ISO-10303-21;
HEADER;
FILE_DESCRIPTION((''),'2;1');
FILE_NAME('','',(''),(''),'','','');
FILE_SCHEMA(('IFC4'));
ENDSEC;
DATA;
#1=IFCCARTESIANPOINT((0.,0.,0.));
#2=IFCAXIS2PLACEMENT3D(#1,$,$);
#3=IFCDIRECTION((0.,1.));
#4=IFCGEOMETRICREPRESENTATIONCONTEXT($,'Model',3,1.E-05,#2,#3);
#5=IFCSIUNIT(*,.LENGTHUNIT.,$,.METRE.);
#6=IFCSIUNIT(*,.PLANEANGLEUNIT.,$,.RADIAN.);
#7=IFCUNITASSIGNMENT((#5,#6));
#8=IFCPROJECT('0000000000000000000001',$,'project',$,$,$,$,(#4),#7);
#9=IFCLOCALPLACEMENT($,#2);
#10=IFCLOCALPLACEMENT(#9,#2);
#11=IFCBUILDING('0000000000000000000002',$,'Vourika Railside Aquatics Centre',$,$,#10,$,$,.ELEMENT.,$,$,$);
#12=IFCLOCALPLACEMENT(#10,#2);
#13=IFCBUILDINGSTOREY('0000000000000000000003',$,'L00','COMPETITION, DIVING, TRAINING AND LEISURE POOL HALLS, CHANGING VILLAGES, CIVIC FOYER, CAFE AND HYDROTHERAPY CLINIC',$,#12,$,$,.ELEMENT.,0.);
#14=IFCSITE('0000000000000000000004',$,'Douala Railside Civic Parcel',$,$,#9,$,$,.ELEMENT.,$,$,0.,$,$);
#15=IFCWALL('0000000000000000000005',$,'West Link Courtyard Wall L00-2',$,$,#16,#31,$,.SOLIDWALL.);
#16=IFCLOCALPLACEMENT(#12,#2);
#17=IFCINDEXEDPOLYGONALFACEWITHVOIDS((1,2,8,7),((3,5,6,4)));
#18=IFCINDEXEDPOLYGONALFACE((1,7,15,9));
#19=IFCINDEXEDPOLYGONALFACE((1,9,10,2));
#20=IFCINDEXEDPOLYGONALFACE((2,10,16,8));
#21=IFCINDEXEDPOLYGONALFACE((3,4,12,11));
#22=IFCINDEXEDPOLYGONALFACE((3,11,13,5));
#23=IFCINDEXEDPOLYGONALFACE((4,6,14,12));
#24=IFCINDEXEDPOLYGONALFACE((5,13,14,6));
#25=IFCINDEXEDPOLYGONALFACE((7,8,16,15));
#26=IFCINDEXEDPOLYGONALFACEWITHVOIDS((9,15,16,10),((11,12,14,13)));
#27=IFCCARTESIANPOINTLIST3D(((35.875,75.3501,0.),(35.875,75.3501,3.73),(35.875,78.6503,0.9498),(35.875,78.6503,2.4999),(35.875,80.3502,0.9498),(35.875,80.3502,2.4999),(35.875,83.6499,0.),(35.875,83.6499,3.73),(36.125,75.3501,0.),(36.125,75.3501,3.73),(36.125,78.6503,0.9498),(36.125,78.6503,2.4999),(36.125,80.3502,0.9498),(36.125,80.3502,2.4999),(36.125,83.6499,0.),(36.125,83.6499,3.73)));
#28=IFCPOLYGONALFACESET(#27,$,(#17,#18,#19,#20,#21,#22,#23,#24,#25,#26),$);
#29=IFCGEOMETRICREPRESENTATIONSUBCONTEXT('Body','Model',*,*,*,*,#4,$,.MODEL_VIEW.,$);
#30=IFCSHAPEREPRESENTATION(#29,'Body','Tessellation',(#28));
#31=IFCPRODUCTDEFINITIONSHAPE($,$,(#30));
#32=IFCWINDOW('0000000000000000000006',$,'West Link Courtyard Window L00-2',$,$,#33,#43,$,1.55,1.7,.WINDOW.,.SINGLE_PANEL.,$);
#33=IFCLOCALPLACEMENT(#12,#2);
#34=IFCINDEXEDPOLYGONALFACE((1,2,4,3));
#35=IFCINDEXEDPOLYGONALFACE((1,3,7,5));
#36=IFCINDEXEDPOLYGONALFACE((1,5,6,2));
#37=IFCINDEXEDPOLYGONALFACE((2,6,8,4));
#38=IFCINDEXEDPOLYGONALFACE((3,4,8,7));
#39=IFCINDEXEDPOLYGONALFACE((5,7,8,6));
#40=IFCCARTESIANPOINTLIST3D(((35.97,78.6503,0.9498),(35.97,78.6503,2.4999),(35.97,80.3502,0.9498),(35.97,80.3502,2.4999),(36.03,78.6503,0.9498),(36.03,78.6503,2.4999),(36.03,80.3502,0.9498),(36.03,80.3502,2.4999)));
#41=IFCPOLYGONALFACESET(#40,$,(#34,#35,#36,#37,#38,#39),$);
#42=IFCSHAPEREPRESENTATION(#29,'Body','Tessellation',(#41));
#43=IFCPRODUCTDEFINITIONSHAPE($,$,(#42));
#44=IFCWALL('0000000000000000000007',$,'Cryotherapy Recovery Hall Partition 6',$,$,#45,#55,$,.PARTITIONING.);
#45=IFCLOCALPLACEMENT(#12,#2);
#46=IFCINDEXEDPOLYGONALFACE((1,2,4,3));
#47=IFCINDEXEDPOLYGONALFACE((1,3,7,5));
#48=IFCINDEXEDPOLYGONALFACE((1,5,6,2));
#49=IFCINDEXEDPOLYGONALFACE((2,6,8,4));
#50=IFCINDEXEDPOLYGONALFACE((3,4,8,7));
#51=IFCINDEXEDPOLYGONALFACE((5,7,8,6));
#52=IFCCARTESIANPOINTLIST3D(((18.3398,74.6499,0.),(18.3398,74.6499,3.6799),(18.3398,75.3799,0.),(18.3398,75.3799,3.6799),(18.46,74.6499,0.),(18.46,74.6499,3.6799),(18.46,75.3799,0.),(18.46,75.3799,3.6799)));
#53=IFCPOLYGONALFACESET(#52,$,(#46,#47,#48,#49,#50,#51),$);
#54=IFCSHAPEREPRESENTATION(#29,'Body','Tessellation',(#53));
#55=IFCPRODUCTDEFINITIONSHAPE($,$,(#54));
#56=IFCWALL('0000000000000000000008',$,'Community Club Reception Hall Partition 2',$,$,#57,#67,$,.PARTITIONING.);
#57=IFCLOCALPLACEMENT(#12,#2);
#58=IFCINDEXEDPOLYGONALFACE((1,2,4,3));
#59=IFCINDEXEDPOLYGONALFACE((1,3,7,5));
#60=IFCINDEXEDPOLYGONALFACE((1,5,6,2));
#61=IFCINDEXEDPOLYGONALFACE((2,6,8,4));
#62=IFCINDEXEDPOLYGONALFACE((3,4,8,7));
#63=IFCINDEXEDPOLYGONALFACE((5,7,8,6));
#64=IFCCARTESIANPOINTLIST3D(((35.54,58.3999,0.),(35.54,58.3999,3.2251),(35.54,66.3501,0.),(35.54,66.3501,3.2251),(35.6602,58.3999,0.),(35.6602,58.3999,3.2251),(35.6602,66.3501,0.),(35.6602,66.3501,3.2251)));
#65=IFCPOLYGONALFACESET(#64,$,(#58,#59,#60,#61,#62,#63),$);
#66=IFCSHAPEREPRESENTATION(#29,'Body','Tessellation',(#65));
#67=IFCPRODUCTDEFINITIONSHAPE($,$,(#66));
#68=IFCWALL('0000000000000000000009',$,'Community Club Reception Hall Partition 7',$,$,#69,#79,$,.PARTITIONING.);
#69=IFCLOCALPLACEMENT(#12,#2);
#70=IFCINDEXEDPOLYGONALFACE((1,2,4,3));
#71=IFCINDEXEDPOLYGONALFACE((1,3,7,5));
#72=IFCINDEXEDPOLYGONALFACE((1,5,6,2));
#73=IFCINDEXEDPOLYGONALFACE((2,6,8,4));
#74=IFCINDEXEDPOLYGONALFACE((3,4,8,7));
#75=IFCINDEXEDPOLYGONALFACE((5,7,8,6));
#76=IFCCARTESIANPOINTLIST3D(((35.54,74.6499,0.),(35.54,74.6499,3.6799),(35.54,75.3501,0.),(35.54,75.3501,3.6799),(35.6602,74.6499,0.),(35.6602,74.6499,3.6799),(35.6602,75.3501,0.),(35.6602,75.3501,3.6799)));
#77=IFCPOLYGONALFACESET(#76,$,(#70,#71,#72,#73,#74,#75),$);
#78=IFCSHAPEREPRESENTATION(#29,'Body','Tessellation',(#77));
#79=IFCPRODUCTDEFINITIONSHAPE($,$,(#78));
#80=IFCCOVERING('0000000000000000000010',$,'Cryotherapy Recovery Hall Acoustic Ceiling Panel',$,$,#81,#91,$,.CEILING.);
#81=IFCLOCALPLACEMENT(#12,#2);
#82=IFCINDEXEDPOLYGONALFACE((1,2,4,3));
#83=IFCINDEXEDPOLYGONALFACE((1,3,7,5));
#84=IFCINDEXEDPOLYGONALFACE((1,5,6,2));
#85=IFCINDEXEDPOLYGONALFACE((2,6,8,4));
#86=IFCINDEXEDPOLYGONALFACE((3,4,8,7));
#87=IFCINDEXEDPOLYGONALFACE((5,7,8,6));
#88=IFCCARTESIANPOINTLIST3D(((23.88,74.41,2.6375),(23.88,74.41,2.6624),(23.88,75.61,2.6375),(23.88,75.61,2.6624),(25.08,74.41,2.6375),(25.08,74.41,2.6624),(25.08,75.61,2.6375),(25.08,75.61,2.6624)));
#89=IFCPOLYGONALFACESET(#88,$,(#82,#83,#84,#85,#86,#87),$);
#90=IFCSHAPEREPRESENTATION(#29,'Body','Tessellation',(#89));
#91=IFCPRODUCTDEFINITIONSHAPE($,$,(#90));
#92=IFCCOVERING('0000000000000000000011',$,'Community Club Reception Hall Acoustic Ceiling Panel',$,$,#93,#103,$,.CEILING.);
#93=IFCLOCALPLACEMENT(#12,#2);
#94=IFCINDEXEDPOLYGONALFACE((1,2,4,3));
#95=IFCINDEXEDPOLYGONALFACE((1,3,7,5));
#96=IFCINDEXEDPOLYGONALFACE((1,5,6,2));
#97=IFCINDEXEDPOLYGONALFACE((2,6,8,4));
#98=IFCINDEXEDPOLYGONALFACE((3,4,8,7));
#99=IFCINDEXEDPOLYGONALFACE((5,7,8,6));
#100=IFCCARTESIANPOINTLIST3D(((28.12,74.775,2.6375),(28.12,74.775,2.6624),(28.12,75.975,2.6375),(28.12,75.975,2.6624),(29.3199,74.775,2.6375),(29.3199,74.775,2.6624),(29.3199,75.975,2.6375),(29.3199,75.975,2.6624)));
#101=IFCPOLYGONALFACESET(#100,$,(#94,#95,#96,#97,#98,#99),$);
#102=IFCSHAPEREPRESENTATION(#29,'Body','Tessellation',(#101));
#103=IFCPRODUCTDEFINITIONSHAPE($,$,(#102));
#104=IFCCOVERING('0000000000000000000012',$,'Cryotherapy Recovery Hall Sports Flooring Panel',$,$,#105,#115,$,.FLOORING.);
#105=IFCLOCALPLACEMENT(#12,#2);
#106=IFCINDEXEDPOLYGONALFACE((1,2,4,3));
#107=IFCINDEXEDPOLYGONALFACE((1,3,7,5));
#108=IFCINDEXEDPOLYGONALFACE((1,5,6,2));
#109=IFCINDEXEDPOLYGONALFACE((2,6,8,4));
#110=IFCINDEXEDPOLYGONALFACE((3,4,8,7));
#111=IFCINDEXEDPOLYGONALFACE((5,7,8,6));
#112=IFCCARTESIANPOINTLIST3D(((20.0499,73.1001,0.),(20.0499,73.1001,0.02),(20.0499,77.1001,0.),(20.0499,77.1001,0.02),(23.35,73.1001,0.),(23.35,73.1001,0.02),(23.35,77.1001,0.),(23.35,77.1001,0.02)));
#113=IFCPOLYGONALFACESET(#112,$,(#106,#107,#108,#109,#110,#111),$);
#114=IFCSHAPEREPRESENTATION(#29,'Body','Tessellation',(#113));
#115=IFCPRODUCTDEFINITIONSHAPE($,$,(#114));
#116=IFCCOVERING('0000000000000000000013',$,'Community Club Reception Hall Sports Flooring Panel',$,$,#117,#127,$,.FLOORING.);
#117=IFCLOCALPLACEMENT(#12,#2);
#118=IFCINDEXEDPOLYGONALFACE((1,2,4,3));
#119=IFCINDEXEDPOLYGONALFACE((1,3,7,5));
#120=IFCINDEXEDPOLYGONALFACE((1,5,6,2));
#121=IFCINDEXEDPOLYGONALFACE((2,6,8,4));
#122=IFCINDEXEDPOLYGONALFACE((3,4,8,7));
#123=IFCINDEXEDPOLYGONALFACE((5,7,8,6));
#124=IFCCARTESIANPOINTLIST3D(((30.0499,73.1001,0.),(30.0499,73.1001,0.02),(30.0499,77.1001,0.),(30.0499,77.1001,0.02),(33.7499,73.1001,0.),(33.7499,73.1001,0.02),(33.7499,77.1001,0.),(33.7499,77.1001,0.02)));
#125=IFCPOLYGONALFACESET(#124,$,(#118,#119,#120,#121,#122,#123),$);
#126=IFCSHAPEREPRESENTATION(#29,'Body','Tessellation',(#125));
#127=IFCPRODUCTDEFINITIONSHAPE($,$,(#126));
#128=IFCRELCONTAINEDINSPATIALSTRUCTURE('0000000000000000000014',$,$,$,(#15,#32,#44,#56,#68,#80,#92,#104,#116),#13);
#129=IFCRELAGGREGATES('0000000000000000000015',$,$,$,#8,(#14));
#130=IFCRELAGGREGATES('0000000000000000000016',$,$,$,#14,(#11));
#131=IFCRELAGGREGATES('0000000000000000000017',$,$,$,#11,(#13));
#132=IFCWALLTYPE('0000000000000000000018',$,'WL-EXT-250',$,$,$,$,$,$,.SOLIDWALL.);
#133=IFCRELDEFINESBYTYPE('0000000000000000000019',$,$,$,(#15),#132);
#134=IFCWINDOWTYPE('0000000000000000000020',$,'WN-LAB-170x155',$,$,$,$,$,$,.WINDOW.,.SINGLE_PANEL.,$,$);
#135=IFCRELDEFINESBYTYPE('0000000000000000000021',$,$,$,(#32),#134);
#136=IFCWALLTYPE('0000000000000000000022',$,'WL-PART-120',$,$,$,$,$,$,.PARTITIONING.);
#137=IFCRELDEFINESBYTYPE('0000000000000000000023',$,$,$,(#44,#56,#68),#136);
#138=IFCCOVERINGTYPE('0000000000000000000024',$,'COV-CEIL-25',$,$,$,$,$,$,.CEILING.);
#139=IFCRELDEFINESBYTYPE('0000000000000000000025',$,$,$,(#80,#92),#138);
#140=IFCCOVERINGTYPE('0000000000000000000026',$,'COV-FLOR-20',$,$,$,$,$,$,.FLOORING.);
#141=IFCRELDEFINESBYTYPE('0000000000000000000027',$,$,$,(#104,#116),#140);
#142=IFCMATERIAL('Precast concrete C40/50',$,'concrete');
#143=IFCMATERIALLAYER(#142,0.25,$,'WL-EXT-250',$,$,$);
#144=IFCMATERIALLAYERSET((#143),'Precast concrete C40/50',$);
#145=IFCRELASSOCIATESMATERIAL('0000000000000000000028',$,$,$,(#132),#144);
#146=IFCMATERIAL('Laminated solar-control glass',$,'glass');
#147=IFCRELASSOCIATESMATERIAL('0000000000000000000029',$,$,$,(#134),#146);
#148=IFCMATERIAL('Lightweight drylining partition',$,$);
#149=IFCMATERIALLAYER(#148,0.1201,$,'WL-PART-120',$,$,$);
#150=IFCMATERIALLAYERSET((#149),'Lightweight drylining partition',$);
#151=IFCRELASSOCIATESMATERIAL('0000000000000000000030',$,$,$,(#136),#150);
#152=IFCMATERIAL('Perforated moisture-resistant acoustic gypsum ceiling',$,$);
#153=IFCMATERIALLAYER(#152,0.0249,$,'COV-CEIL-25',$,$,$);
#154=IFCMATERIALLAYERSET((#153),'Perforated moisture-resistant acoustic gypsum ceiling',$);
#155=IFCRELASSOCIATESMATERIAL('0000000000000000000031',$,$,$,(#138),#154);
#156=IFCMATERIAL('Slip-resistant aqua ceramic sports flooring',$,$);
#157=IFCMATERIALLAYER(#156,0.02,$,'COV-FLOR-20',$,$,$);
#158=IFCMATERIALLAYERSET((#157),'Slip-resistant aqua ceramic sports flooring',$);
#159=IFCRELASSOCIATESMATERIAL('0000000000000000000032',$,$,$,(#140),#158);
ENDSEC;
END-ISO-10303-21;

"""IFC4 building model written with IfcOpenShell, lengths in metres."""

from ifc_helpers import new_model, si_unit, direction, frame, frame_2d, origin, origin_2d, place, context, subcontext, project, spatial, rectangle, extrude, material, layer, layer_set, type_object, element, fill, save


model = new_model("IFC4")

# Units and contexts
model_context = context("Model", 3, precision=1e-05, world=origin(), true_north=direction((0.0, 1.0)))
body_context = subcontext(model_context, "Body", "Model", "MODEL_VIEW")
ifc_project = project(units=[si_unit("LENGTHUNIT", "METRE"), si_unit("PLANEANGLEUNIT", "RADIAN")], contexts=[model_context])

# Site, building, storey
site_placement = place(None, origin())
site = spatial("IfcSite", under=ifc_project, at=site_placement, Name="Douala Railside Civic Parcel", CompositionType="ELEMENT", RefElevation=0.0)
building_placement = place(site_placement, origin())
building = spatial("IfcBuilding", under=site, at=building_placement, Name="Vourika Railside Aquatics Centre", CompositionType="ELEMENT")
storey_placement = place(building_placement, origin())
storey = spatial("IfcBuildingStorey", under=building, at=storey_placement, Name="L00", Description="COMPETITION, DIVING, TRAINING AND LEISURE POOL HALLS, CHANGING VILLAGES, CIVIC FOYER, CAFE AND HYDROTHERAPY CLINIC", CompositionType="ELEMENT", Elevation=0.0)

# Wall, opening, window
ifc_material_1 = material(Name="Precast concrete C40/50", Category="concrete")
ifc_layer_1 = layer(ifc_material_1, 0.25, Name="WL-EXT-250")
ifc_layer_set_1 = layer_set([ifc_layer_1], Name="Precast concrete C40/50")
wall_type_1 = type_object("IfcWallType", Name="WL-EXT-250", PredefinedType="SOLIDWALL", material=ifc_layer_set_1)
ifc_material_2 = material(Name="Laminated solar-control glass", Category="glass")
wall_1_placement = place(storey_placement, frame((36.0, 75.3501, 0.0), z_axis=(0.0, 0.0, 1.0), x_axis=(0.0, 1.0, 0.0)))
wall_1 = element("IfcWall", 1, at=wall_1_placement, inside=storey, type_object=wall_type_1, Name="West Link Courtyard Wall L00-2", PredefinedType="SOLIDWALL", context=body_context, shape_type="SweptSolid", body=[
    extrude(rectangle(XDim=8.2998, YDim=0.25, at=frame_2d((4.1499, 0.0))), origin(), (0.0, 0.0, 1.0), 3.73),
])
opening_1_placement = place(wall_1_placement, frame((3.3, 0.0, 0.95)))
opening_1 = element("IfcOpeningElement", 2, at=opening_1_placement, cuts=wall_1, PredefinedType="OPENING", context=body_context, shape_type="SweptSolid", body=[
    extrude(rectangle(XDim=1.7, YDim=1.55, at=frame_2d((0.8501, 0.7749))), frame((0.0, 0.135, 0.0), z_axis=(0.0, -1.0, 0.0), x_axis=(1.0, 0.0, 0.0)), (0.0, 0.0, 1.0), 0.27),
])
window_type_1 = type_object("IfcWindowType", Name="WN-LAB-170x155", PartitioningType="SINGLE_PANEL", PredefinedType="WINDOW", material=ifc_material_2)
window_1_placement = place(opening_1_placement, origin())
window_1 = element("IfcWindow", 3, at=window_1_placement, inside=storey, type_object=window_type_1, Name="West Link Courtyard Window L00-2", OverallHeight=1.55, OverallWidth=1.7, PartitioningType="SINGLE_PANEL", PredefinedType="WINDOW", context=body_context, shape_type="SweptSolid", body=[
    extrude(rectangle(XDim=1.7, YDim=1.55, at=frame_2d((0.8501, 0.7749))), frame((0.0, 0.03, 0.0), z_axis=(0.0, -1.0, 0.0), x_axis=(1.0, 0.0, 0.0)), (0.0, 0.0, 1.0), 0.0601),
])
fill(opening_1, window_1)

# Walls
ifc_material_3 = material(Name="Lightweight drylining partition")
ifc_layer_2 = layer(ifc_material_3, 0.1201, Name="WL-PART-120")
ifc_layer_set_2 = layer_set([ifc_layer_2], Name="Lightweight drylining partition")
wall_type_2 = type_object("IfcWallType", Name="WL-PART-120", PredefinedType="PARTITIONING", material=ifc_layer_set_2)
wall_2_placement = place(storey_placement, frame((18.3999, 74.6499, 0.0), z_axis=(0.0, 0.0, 1.0), x_axis=(0.0, 1.0, 0.0)))
element("IfcWall", 4, at=wall_2_placement, inside=storey, type_object=wall_type_2, Name="Cryotherapy Recovery Hall Partition 6", PredefinedType="PARTITIONING", context=body_context, shape_type="SweptSolid", body=[
    extrude(rectangle(XDim=0.73, YDim=0.1201, at=frame_2d((0.365, 0.0))), origin(), (0.0, 0.0, 1.0), 3.6799),
])
wall_3_placement = place(storey_placement, frame((35.6001, 66.3501, 0.0), z_axis=(0.0, 0.0, 1.0), x_axis=(0.0, -1.0, 0.0)))
element("IfcWall", 5, at=wall_3_placement, inside=storey, type_object=wall_type_2, Name="Community Club Reception Hall Partition 2", PredefinedType="PARTITIONING", context=body_context, shape_type="SweptSolid", body=[
    extrude(rectangle(XDim=7.9502, YDim=0.1201, at=frame_2d((3.9751, 0.0))), origin(), (0.0, 0.0, 1.0), 3.2251),
])
wall_4_placement = place(storey_placement, frame((35.6001, 75.3501, 0.0), z_axis=(0.0, 0.0, 1.0), x_axis=(0.0, -1.0, 0.0)))
element("IfcWall", 6, at=wall_4_placement, inside=storey, type_object=wall_type_2, Name="Community Club Reception Hall Partition 7", PredefinedType="PARTITIONING", context=body_context, shape_type="SweptSolid", body=[
    extrude(rectangle(XDim=0.7002, YDim=0.1201, at=frame_2d((0.3501, 0.0))), origin(), (0.0, 0.0, 1.0), 3.6799),
])

# Coverings
ifc_material_4 = material(Name="Perforated moisture-resistant acoustic gypsum ceiling")
ifc_layer_3 = layer(ifc_material_4, 0.0249, Name="COV-CEIL-25")
ifc_layer_set_3 = layer_set([ifc_layer_3], Name="Perforated moisture-resistant acoustic gypsum ceiling")
covering_type_1 = type_object("IfcCoveringType", Name="COV-CEIL-25", PredefinedType="CEILING", material=ifc_layer_set_3)
for number, where, z_axis, x_axis, name in (
    (7, (24.48, 75.01, 2.6375), (0.0, 0.0, 1.0), (1.0, 0.0, 0.0), "Cryotherapy Recovery Hall Acoustic Ceiling Panel"),
    (8, (28.72, 75.375, 2.6375), (0.0, 0.0, 1.0), (1.0, 0.0, 0.0), "Community Club Reception Hall Acoustic Ceiling Panel"),
):
    element("IfcCovering", number, at=place(storey_placement, frame(where, z_axis=z_axis, x_axis=x_axis)), inside=storey, type_object=covering_type_1, Name=name, PredefinedType="CEILING", context=body_context, shape_type="SweptSolid", body=[
        extrude(rectangle(XDim=1.2, YDim=1.2, at=origin_2d()), origin(), (0.0, 0.0, 1.0), 0.0249),
    ])
ifc_material_5 = material(Name="Slip-resistant aqua ceramic sports flooring")
ifc_layer_4 = layer(ifc_material_5, 0.02, Name="COV-FLOR-20")
ifc_layer_set_4 = layer_set([ifc_layer_4], Name="Slip-resistant aqua ceramic sports flooring")
covering_type_2 = type_object("IfcCoveringType", Name="COV-FLOR-20", PredefinedType="FLOORING", material=ifc_layer_set_4)
covering_1_placement = place(storey_placement, frame((21.7, 75.1001, 0.0), z_axis=(0.0, 0.0, 1.0), x_axis=(1.0, 0.0, 0.0)))
element("IfcCovering", 9, at=covering_1_placement, inside=storey, type_object=covering_type_2, Name="Cryotherapy Recovery Hall Sports Flooring Panel", PredefinedType="FLOORING", context=body_context, shape_type="SweptSolid", body=[
    extrude(rectangle(XDim=3.3, YDim=4.0, at=origin_2d()), origin(), (0.0, 0.0, 1.0), 0.02),
])
covering_2_placement = place(storey_placement, frame((31.8999, 75.1001, 0.0), z_axis=(0.0, 0.0, 1.0), x_axis=(1.0, 0.0, 0.0)))
element("IfcCovering", 10, at=covering_2_placement, inside=storey, type_object=covering_type_2, Name="Community Club Reception Hall Sports Flooring Panel", PredefinedType="FLOORING", context=body_context, shape_type="SweptSolid", body=[
    extrude(rectangle(XDim=3.7, YDim=4.0, at=origin_2d()), origin(), (0.0, 0.0, 1.0), 0.02),
])

save(model, "model.ifc")
